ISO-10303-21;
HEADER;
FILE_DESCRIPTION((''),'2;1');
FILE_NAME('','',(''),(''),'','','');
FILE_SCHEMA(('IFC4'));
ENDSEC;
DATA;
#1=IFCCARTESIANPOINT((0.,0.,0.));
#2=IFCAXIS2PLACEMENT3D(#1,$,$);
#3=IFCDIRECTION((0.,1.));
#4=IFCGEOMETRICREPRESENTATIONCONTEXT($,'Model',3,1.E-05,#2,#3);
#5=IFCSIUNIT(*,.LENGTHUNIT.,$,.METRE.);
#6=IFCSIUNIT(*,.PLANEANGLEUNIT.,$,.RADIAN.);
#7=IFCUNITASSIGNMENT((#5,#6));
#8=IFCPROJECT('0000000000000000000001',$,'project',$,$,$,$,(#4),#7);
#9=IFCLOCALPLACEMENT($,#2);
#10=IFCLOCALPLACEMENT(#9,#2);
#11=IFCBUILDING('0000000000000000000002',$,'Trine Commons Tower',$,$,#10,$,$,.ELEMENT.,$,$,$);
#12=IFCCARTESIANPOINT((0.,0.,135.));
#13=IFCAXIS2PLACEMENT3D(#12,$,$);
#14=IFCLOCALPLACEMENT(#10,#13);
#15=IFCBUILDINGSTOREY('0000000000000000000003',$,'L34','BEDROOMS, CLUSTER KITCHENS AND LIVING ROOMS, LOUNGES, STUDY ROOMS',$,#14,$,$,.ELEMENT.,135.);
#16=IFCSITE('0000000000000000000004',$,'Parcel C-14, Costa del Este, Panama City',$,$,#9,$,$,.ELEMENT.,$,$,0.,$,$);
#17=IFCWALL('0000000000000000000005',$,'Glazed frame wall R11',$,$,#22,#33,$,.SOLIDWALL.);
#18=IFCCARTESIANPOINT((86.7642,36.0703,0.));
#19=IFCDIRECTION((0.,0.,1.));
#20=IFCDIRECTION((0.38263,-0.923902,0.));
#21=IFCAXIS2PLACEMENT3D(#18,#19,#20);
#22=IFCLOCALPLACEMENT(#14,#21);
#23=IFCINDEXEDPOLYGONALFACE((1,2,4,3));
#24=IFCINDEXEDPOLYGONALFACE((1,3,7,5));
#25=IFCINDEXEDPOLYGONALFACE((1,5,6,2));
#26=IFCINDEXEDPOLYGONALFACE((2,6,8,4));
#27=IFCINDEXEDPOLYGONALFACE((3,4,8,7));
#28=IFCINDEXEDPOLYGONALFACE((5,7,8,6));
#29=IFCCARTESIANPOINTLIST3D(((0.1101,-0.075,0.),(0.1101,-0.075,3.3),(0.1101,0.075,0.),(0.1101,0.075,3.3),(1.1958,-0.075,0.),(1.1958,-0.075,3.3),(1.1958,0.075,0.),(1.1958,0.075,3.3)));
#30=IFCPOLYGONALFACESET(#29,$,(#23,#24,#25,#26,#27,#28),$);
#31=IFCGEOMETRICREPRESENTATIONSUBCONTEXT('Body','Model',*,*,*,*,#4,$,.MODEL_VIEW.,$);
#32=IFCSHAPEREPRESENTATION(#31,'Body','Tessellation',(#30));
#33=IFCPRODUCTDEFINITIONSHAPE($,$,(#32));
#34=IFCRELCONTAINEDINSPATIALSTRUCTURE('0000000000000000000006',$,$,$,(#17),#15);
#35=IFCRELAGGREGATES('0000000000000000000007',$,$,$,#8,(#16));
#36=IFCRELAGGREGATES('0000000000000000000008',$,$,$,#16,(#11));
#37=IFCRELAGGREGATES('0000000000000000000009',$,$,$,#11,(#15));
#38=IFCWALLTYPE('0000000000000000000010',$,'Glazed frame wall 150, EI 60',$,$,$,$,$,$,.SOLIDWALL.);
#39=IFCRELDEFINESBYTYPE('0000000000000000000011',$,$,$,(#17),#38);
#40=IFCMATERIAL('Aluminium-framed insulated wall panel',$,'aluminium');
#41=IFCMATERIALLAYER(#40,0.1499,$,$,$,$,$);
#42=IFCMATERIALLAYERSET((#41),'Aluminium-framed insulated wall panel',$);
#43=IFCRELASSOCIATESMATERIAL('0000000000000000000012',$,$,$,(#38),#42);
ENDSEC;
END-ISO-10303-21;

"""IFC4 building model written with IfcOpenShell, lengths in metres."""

from ifc_helpers import new_model, si_unit, direction, frame, origin, place, context, subcontext, project, spatial, polyline, outline, extrude, material, layer, layer_set, type_object, element, save


model = new_model("IFC4")

# Units and contexts
model_context = context("Model", 3, precision=1e-05, world=origin(), true_north=direction((0.0, 1.0)))
body_context = subcontext(model_context, "Body", "Model", "MODEL_VIEW")
ifc_project = project(units=[si_unit("LENGTHUNIT", "METRE"), si_unit("PLANEANGLEUNIT", "RADIAN")], contexts=[model_context])

# Site, building, storey
site_placement = place(None, origin())
site = spatial("IfcSite", under=ifc_project, at=site_placement, Name="Parcel C-14, Costa del Este, Panama City", CompositionType="ELEMENT", RefElevation=0.0)
building_placement = place(site_placement, origin())
building = spatial("IfcBuilding", under=site, at=building_placement, Name="Trine Commons Tower", CompositionType="ELEMENT")
storey_placement = place(building_placement, frame((0.0, 0.0, 135.0)))
storey = spatial("IfcBuildingStorey", under=building, at=storey_placement, Name="L34", Description="BEDROOMS, CLUSTER KITCHENS AND LIVING ROOMS, LOUNGES, STUDY ROOMS", CompositionType="ELEMENT", Elevation=135.0)

# Shared definitions
ifc_material_1 = material(Name="Aluminium-framed insulated wall panel", Category="aluminium")
ifc_layer_1 = layer(ifc_material_1, 0.1499)
ifc_layer_set_1 = layer_set([ifc_layer_1], Name="Aluminium-framed insulated wall panel")
wall_type_1 = type_object("IfcWallType", Name="Glazed frame wall 150, EI 60", PredefinedType="SOLIDWALL", material=ifc_layer_set_1)

# Wall
wall_1_placement = place(storey_placement, frame((86.7642, 36.0703, 0.0), z_axis=(0.0, 0.0, 1.0), x_axis=(0.38263, -0.923902, 0.0)))
element("IfcWall", 1, at=wall_1_placement, inside=storey, type_object=wall_type_1, Name="Glazed frame wall R11", PredefinedType="SOLIDWALL", context=body_context, shape_type="SweptSolid", body=[
    extrude(outline(polyline([(0.1101, 0.075), (0.1101, -0.075), (1.1958, -0.075), (1.1958, 0.075), (0.1101, 0.075)])), origin(), (0.0, 0.0, 1.0), 3.3),
])

save(model, "model.ifc")
